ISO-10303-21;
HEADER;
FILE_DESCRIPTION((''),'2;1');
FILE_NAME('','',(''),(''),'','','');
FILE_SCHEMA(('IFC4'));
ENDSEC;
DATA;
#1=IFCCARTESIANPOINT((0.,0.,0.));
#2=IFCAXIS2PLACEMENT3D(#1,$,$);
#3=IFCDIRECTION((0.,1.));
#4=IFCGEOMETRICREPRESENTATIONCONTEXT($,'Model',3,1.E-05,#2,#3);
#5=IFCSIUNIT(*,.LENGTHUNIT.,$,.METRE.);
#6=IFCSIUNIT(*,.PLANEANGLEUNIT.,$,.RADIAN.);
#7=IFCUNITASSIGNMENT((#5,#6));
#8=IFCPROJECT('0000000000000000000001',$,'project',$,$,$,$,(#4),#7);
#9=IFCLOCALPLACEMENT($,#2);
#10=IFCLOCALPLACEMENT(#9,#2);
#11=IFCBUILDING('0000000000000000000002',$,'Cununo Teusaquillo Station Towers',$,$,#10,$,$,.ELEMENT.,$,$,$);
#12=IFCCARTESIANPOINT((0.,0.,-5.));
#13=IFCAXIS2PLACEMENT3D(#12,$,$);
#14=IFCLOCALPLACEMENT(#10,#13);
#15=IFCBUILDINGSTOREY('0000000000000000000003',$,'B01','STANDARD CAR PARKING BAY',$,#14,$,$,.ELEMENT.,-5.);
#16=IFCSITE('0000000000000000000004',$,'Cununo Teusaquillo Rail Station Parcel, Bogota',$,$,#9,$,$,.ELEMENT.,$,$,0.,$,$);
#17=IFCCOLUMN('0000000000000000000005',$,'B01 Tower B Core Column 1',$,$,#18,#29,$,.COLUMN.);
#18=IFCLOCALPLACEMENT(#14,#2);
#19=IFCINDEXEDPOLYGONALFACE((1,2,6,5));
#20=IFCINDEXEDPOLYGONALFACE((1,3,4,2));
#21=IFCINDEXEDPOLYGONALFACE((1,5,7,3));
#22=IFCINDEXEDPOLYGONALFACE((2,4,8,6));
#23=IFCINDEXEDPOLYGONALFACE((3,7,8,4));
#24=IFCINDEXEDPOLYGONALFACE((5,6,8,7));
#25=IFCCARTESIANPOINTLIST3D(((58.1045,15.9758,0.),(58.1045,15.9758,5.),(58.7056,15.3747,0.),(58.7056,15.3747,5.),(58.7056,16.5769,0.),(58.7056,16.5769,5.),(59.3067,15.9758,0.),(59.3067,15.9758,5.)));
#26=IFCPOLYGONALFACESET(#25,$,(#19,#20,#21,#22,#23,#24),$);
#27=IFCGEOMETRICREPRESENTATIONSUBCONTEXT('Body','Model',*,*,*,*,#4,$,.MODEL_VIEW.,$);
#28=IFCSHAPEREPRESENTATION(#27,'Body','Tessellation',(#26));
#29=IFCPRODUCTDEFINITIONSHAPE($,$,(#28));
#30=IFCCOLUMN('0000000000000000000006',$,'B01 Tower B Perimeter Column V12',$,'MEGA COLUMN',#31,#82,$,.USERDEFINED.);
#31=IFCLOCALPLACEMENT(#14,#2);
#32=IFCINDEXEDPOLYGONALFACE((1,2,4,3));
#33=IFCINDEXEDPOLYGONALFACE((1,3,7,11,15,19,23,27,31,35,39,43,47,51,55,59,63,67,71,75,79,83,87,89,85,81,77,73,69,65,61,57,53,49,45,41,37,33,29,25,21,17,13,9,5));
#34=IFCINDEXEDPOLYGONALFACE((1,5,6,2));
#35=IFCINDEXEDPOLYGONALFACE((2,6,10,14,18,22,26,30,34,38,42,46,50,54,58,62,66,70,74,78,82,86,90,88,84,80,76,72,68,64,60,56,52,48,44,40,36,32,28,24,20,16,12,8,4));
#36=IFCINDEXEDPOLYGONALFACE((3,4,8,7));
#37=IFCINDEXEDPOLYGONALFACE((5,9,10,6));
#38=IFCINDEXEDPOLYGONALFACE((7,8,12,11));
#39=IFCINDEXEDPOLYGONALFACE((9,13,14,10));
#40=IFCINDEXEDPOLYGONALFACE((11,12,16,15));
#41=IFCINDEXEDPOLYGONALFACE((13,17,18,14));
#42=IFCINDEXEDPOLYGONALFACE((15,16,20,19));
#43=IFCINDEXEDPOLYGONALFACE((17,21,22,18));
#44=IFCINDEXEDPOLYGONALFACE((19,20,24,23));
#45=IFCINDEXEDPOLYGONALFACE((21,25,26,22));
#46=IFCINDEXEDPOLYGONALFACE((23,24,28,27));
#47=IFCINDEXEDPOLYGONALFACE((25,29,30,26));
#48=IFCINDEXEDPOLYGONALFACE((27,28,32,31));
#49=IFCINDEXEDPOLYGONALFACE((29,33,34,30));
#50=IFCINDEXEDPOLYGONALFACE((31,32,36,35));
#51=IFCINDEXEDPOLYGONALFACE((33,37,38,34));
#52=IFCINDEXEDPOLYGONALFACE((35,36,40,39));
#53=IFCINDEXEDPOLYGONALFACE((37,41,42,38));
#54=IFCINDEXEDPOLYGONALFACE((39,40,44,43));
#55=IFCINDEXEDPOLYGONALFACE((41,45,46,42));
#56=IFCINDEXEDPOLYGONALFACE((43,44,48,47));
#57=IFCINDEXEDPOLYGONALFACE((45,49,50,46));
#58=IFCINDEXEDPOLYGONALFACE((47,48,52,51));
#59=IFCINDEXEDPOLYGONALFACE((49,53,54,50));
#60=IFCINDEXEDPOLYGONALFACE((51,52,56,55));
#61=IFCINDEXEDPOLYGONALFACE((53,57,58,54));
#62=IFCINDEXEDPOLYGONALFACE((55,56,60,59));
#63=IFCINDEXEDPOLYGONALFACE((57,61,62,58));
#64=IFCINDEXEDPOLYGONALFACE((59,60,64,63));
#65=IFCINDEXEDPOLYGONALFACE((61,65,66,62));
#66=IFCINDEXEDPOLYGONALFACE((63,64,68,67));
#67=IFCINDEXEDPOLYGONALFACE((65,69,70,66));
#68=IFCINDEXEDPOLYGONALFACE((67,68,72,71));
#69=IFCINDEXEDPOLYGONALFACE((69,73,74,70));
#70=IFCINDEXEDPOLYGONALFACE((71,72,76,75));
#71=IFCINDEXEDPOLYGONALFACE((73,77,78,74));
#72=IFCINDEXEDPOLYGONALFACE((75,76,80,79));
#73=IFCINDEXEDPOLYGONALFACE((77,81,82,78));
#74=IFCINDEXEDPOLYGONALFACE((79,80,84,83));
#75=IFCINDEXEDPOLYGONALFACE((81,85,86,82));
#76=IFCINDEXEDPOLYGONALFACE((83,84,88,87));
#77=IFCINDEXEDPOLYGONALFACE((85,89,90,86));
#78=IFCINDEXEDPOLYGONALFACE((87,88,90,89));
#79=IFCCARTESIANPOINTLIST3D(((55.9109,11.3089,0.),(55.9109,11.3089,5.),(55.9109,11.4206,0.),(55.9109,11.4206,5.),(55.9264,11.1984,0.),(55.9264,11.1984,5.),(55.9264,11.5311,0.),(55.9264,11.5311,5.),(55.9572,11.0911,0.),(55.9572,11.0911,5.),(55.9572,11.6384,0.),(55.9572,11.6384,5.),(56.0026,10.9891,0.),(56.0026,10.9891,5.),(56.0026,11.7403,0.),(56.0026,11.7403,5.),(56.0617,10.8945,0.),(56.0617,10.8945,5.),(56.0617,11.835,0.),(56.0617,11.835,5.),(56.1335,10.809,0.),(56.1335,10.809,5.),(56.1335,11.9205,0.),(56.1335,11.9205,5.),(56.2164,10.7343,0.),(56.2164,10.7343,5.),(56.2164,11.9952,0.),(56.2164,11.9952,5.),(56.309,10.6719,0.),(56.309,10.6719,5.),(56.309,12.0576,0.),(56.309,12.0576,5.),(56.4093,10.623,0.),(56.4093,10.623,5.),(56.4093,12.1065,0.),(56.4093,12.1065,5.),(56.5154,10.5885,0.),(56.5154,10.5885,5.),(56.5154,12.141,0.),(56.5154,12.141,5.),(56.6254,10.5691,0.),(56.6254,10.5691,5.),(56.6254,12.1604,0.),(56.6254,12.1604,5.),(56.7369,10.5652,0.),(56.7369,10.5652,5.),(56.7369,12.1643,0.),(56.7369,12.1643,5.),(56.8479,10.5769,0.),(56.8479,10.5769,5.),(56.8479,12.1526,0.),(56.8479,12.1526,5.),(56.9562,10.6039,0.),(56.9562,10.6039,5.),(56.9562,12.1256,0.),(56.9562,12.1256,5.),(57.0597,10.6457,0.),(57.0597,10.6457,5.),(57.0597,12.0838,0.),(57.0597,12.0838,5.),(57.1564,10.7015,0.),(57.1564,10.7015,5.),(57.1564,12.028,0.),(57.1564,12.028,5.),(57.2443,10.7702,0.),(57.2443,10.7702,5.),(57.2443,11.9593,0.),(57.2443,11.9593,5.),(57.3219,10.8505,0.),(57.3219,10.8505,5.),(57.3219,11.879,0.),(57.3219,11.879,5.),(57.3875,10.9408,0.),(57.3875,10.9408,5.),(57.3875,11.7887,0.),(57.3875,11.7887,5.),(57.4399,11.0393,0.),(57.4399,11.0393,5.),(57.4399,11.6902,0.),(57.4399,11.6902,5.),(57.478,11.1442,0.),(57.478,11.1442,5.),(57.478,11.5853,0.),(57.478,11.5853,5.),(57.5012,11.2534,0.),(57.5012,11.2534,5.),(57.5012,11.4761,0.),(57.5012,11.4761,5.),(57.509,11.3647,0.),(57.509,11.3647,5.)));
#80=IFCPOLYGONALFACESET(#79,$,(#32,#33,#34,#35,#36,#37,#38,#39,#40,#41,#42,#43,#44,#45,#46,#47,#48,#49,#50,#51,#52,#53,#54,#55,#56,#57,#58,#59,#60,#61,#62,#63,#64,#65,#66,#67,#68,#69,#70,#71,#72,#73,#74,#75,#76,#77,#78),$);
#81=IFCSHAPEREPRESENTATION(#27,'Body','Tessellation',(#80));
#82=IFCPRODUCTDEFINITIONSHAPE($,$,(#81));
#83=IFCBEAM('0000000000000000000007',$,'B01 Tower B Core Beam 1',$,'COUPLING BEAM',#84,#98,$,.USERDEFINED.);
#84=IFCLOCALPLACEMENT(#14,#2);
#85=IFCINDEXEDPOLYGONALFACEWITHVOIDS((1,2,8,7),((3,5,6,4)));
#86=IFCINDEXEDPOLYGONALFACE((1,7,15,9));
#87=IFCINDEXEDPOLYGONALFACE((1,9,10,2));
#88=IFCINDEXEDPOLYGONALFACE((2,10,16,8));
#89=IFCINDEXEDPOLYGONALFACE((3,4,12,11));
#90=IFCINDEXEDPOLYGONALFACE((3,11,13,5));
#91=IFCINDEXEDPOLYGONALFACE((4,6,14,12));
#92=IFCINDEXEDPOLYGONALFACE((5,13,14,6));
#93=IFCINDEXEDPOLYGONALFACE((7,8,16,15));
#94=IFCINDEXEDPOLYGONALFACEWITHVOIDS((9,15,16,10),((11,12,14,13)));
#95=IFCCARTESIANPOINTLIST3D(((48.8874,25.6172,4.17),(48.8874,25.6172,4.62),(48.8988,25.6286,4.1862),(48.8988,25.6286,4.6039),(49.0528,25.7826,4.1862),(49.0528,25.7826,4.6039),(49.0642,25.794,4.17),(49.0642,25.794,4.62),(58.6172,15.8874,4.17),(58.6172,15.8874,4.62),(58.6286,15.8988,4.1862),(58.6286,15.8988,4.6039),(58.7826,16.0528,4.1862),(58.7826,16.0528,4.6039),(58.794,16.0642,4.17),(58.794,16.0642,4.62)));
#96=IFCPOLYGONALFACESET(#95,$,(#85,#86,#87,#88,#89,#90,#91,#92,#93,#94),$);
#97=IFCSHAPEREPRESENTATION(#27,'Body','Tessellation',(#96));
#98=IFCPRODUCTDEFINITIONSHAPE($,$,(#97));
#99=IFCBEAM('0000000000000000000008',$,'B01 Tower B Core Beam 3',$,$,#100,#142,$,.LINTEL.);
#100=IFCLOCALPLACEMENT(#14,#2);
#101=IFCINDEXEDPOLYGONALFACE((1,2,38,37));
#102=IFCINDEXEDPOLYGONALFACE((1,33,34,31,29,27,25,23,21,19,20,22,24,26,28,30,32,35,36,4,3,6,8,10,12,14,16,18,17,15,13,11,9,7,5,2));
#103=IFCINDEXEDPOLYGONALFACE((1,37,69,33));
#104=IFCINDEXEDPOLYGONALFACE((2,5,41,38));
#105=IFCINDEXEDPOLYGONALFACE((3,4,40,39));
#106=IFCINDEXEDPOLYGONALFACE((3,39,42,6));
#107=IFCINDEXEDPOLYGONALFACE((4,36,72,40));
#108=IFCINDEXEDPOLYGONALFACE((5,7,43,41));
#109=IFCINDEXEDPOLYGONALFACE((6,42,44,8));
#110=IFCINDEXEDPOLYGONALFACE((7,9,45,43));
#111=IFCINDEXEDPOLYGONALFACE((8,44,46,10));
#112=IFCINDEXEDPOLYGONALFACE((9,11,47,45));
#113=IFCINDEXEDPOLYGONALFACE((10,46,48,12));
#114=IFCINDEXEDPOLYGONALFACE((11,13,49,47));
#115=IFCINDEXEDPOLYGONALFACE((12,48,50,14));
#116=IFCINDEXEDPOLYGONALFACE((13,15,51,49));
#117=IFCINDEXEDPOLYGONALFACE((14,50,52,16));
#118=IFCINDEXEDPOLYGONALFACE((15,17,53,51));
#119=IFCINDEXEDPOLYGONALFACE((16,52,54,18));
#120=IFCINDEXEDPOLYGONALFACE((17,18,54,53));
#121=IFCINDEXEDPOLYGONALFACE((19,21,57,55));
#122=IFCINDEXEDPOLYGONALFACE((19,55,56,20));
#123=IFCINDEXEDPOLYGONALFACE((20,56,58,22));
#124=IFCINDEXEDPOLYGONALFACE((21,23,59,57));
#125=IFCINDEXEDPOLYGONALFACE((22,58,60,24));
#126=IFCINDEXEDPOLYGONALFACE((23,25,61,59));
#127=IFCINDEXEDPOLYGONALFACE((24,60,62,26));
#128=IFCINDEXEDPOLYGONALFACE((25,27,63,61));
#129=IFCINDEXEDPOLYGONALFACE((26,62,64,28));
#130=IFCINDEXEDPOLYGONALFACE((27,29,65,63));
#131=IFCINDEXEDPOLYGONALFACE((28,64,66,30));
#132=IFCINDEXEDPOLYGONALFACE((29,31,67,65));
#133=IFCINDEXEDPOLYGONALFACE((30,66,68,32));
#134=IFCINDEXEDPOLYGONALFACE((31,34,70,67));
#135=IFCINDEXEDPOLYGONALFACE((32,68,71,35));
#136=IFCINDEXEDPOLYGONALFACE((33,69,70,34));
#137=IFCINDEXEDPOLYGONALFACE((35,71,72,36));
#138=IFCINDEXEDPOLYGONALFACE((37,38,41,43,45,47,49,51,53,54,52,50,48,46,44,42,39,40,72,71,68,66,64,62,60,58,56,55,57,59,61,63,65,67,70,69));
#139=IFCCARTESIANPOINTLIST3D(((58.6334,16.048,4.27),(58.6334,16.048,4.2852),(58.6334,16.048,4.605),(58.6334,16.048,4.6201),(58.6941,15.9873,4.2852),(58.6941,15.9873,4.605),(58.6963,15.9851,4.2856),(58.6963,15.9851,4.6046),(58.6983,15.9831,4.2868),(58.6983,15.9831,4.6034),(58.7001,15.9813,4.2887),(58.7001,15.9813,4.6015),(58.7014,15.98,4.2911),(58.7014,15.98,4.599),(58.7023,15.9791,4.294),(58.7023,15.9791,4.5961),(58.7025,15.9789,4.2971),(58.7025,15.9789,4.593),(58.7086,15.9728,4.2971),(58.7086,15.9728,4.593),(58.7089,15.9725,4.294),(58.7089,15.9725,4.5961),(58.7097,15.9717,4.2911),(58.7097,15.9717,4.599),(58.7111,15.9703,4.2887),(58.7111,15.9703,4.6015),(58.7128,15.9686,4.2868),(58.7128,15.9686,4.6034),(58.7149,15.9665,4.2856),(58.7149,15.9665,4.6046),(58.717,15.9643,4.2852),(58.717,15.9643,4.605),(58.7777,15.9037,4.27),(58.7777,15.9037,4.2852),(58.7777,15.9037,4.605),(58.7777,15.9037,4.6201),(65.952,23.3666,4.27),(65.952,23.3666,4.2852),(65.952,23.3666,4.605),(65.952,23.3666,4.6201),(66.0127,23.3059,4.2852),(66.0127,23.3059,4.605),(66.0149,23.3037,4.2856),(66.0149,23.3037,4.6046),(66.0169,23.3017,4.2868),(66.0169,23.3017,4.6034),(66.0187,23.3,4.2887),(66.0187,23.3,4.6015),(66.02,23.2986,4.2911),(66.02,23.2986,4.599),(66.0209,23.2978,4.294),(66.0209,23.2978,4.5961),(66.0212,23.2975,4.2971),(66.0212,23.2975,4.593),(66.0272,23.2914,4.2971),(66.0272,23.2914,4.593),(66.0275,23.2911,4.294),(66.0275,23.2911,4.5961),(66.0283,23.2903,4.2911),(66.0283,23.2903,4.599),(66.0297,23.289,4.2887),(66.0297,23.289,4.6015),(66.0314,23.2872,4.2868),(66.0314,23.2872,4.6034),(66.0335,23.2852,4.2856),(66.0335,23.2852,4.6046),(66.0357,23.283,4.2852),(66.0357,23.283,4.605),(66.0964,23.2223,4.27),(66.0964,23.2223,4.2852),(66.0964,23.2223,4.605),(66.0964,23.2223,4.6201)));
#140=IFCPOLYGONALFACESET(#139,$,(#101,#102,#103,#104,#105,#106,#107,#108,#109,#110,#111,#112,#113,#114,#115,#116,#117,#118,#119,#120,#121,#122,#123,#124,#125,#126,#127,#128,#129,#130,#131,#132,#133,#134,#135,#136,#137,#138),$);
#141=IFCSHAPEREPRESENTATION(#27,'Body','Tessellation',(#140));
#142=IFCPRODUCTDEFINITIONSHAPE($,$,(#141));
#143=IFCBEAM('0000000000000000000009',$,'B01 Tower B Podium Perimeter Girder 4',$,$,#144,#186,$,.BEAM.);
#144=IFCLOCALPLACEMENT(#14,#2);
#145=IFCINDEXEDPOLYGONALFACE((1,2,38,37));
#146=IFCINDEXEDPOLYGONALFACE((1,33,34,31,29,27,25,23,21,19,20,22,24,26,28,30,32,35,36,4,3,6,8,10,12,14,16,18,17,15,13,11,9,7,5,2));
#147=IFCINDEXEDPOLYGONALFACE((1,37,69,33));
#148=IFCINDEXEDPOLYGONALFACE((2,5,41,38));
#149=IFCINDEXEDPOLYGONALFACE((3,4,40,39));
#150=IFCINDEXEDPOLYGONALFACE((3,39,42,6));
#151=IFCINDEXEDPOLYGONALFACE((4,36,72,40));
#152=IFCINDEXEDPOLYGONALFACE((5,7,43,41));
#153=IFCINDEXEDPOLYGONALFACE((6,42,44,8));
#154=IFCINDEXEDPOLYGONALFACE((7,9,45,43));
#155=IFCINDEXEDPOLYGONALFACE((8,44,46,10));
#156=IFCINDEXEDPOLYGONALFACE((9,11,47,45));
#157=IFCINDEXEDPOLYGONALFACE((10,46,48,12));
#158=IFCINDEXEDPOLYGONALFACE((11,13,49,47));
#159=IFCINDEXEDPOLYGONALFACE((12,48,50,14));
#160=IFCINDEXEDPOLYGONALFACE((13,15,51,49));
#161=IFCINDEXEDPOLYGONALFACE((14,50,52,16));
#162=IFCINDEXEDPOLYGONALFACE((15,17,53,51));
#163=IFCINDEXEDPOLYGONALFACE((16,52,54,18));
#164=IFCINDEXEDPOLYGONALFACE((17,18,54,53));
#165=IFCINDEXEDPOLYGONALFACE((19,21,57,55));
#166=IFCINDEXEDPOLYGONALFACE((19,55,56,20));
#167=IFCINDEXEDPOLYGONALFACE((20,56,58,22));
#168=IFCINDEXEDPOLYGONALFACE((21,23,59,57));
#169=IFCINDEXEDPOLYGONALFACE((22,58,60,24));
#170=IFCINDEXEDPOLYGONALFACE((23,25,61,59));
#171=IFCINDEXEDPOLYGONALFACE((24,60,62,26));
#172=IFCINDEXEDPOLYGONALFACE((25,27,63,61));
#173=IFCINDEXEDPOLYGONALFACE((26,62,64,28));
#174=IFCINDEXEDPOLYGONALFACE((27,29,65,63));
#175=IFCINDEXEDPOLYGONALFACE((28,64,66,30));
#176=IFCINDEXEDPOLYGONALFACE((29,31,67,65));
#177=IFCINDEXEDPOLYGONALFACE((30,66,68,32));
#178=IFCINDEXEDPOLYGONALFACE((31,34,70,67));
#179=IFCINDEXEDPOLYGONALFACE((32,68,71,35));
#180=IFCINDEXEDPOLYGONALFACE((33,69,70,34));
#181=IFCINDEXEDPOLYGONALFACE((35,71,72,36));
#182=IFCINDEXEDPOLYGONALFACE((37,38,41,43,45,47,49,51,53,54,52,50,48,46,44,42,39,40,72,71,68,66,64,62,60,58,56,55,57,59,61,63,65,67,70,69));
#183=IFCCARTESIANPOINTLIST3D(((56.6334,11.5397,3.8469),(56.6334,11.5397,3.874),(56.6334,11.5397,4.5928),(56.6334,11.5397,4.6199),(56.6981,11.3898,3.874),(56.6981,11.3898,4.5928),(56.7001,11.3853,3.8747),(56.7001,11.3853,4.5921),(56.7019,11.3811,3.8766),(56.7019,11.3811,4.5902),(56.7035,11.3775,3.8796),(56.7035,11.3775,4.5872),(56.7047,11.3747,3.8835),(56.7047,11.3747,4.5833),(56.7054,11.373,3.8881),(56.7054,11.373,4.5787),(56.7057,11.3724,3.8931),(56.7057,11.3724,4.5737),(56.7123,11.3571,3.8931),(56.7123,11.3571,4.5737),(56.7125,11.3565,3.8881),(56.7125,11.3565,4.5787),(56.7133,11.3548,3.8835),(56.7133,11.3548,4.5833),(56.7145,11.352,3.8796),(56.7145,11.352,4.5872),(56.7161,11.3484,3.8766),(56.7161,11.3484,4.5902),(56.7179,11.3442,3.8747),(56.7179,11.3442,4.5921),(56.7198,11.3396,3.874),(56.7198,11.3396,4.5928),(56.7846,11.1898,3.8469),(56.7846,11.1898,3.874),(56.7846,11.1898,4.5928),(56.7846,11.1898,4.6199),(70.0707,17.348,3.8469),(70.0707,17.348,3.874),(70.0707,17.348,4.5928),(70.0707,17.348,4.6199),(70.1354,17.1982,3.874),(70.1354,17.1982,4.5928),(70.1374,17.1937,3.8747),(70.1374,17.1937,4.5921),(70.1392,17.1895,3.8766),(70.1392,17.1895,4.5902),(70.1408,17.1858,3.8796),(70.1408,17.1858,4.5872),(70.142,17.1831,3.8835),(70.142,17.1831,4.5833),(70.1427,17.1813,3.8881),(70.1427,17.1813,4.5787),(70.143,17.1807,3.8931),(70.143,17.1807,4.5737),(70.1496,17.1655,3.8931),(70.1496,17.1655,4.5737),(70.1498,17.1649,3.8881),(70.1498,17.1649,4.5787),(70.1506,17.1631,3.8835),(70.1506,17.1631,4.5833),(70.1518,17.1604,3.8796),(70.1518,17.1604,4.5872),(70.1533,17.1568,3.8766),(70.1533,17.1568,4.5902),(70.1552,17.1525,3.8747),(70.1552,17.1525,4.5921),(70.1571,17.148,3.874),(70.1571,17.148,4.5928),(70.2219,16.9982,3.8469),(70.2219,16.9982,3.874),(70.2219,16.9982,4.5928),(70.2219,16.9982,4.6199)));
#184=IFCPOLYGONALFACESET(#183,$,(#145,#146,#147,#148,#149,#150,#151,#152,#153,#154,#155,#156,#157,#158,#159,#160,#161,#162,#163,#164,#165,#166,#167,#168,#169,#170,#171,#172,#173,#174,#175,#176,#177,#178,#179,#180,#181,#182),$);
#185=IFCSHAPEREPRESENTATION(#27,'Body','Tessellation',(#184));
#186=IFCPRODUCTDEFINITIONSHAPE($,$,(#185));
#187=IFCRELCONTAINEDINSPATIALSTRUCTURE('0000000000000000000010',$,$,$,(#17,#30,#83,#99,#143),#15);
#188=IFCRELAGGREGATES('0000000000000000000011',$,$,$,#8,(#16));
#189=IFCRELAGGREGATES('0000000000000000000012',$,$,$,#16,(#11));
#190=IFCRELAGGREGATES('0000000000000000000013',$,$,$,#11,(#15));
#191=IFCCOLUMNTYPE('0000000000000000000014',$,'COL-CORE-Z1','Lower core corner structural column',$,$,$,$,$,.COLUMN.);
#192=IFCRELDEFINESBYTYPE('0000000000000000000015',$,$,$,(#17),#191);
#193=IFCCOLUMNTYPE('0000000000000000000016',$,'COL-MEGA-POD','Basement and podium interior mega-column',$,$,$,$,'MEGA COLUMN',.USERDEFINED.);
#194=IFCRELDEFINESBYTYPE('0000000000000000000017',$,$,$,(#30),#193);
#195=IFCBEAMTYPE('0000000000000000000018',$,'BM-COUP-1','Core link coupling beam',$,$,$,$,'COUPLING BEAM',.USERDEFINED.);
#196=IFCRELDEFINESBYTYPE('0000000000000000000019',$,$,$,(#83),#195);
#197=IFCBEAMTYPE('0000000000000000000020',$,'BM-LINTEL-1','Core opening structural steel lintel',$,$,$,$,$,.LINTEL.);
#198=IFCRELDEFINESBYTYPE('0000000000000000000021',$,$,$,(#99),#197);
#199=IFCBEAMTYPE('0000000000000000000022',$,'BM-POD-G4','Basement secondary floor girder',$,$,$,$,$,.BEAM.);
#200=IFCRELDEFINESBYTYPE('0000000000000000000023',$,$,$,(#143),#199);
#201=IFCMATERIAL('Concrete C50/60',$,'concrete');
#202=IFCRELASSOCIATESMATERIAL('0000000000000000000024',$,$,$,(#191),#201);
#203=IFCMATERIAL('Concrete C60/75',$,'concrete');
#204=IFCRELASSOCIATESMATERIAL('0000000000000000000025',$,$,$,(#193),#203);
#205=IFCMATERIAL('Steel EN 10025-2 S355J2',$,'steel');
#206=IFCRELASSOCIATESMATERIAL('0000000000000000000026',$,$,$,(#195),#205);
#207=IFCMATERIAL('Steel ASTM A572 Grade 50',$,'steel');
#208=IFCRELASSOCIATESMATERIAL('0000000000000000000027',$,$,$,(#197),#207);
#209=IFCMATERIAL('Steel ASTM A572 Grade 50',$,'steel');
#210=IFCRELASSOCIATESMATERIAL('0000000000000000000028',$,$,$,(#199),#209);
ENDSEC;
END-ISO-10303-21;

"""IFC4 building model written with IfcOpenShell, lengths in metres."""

from ifc_helpers import new_model, si_unit, direction, frame, origin, origin_2d, place, context, subcontext, project, spatial, rectangle, hollow_rectangle, circle, i_section, extrude, material, material_profile, profile_set, type_object, element, save


model = new_model("IFC4")

# Units and contexts
model_context = context("Model", 3, precision=1e-05, world=origin(), true_north=direction((0.0, 1.0)))
body_context = subcontext(model_context, "Body", "Model", "MODEL_VIEW")
ifc_project = project(units=[si_unit("LENGTHUNIT", "METRE"), si_unit("PLANEANGLEUNIT", "RADIAN")], contexts=[model_context])

# Site, building, storey
site_placement = place(None, origin())
site = spatial("IfcSite", under=ifc_project, at=site_placement, Name="Cununo Teusaquillo Rail Station Parcel, Bogota", CompositionType="ELEMENT", RefElevation=0.0)
building_placement = place(site_placement, origin())
building = spatial("IfcBuilding", under=site, at=building_placement, Name="Cununo Teusaquillo Station Towers", CompositionType="ELEMENT")
storey_placement = place(building_placement, frame((0.0, 0.0, -5.0)))
storey = spatial("IfcBuildingStorey", under=building, at=storey_placement, Name="B01", Description="STANDARD CAR PARKING BAY", CompositionType="ELEMENT", Elevation=-5.0)

# Columns
ifc_material_1 = material(Name="Concrete C50/60", Category="concrete")
ifc_material_profile_1 = material_profile(ifc_material_1, rectangle(XDim=0.8501, YDim=0.8501, at=origin_2d()), Name="RC-RECT-850x850")
ifc_profile_set_1 = profile_set([ifc_material_profile_1], Name="Concrete C50/60")
column_type_1 = type_object("IfcColumnType", Name="COL-CORE-Z1", Description="Lower core corner structural column", PredefinedType="COLUMN", material=ifc_profile_set_1)
column_1_placement = place(storey_placement, frame((58.7056, 15.9758, 0.0), z_axis=(0.0, 0.0, 1.0), x_axis=(0.707107, 0.707107, 0.0)))
element("IfcColumn", 1, at=column_1_placement, inside=storey, type_object=column_type_1, Name="B01 Tower B Core Column 1", PredefinedType="COLUMN", context=body_context, shape_type="SweptSolid", body=[
    extrude(rectangle(XDim=0.8501, YDim=0.8501, at=origin_2d()), origin(), (0.0, 0.0, 1.0), 5.0),
])
ifc_material_2 = material(Name="Concrete C60/75", Category="concrete")
ifc_material_profile_2 = material_profile(ifc_material_2, circle(Radius=0.8, at=origin_2d()), Name="RC-CIRC-1600")
ifc_profile_set_2 = profile_set([ifc_material_profile_2], Name="Concrete C60/75")
column_type_2 = type_object("IfcColumnType", Name="COL-MEGA-POD", Description="Basement and podium interior mega-column", ElementType="MEGA COLUMN", PredefinedType="USERDEFINED", material=ifc_profile_set_2)
column_2_placement = place(storey_placement, frame((56.709, 11.3647, 0.0), z_axis=(0.0, 0.0, 1.0), x_axis=(1.0, 0.0, 0.0)))
element("IfcColumn", 2, at=column_2_placement, inside=storey, type_object=column_type_2, Name="B01 Tower B Perimeter Column V12", ObjectType="MEGA COLUMN", PredefinedType="USERDEFINED", context=body_context, shape_type="SweptSolid", body=[
    extrude(circle(Radius=0.8, at=origin_2d()), origin(), (0.0, 0.0, 1.0), 5.0),
])

# Beams
ifc_material_3 = material(Name="Steel EN 10025-2 S355J2", Category="steel")
ifc_material_profile_3 = material_profile(ifc_material_3, hollow_rectangle(XDim=0.25, YDim=0.45, WallThickness=0.0161, at=origin_2d()), Name="RHS 450x250x16")
ifc_profile_set_3 = profile_set([ifc_material_profile_3], Name="Steel EN 10025-2 S355J2")
beam_type_1 = type_object("IfcBeamType", Name="BM-COUP-1", Description="Core link coupling beam", ElementType="COUPLING BEAM", PredefinedType="USERDEFINED", material=ifc_profile_set_3)
beam_1_placement = place(storey_placement, frame((58.7056, 15.9758, 4.395), z_axis=(-0.707107, 0.707107, 0.0), x_axis=(-0.707107, -0.707107, 0.0)))
element("IfcBeam", 3, at=beam_1_placement, inside=storey, type_object=beam_type_1, Name="B01 Tower B Core Beam 1", ObjectType="COUPLING BEAM", PredefinedType="USERDEFINED", context=body_context, shape_type="SweptSolid", body=[
    extrude(hollow_rectangle(XDim=0.25, YDim=0.45, WallThickness=0.0161, at=origin_2d()), origin(), (0.0, 0.0, 1.0), 13.76),
])
ifc_material_4 = material(Name="Steel ASTM A572 Grade 50", Category="steel")
ifc_material_profile_4 = material_profile(ifc_material_4, i_section(OverallWidth=0.2041, OverallDepth=0.3501, WebThickness=0.0085, FlangeThickness=0.0151, FilletRadius=0.012, at=origin_2d()), Name="W14X48")
ifc_profile_set_4 = profile_set([ifc_material_profile_4], Name="Steel ASTM A572 Grade 50")
beam_type_2 = type_object("IfcBeamType", Name="BM-LINTEL-1", Description="Core opening structural steel lintel", PredefinedType="LINTEL", material=ifc_profile_set_4)
beam_2_placement = place(storey_placement, frame((58.7056, 15.9758, 4.4451), z_axis=(0.707107, 0.707107, 0.0), x_axis=(-0.707107, 0.707107, 0.0)))
element("IfcBeam", 4, at=beam_2_placement, inside=storey, type_object=beam_type_2, Name="B01 Tower B Core Beam 3", PredefinedType="LINTEL", context=body_context, shape_type="SweptSolid", body=[
    extrude(i_section(OverallWidth=0.2041, OverallDepth=0.3501, WebThickness=0.0085, FlangeThickness=0.0151, FilletRadius=0.012, at=origin_2d()), origin(), (0.0, 0.0, 1.0), 10.3501),
])
ifc_material_5 = material(Name="Steel ASTM A572 Grade 50", Category="steel")
ifc_material_profile_5 = material_profile(ifc_material_5, i_section(OverallWidth=0.3811, OverallDepth=0.7729, WebThickness=0.0166, FlangeThickness=0.0271, FilletRadius=0.019, at=origin_2d()), Name="W30X173")
ifc_profile_set_5 = profile_set([ifc_material_profile_5], Name="Steel ASTM A572 Grade 50")
beam_type_3 = type_object("IfcBeamType", Name="BM-POD-G4", Description="Basement secondary floor girder", PredefinedType="BEAM", material=ifc_profile_set_5)
beam_3_placement = place(storey_placement, frame((56.709, 11.3647, 4.2334), z_axis=(0.917916, 0.396776, 0.0), x_axis=(-0.396776, 0.917916, 0.0)))
element("IfcBeam", 5, at=beam_3_placement, inside=storey, type_object=beam_type_3, Name="B01 Tower B Podium Perimeter Girder 4", PredefinedType="BEAM", context=body_context, shape_type="SweptSolid", body=[
    extrude(i_section(OverallWidth=0.3811, OverallDepth=0.7729, WebThickness=0.0166, FlangeThickness=0.0271, FilletRadius=0.019, at=origin_2d()), origin(), (0.0, 0.0, 1.0), 14.6389),
])

save(model, "model.ifc")
